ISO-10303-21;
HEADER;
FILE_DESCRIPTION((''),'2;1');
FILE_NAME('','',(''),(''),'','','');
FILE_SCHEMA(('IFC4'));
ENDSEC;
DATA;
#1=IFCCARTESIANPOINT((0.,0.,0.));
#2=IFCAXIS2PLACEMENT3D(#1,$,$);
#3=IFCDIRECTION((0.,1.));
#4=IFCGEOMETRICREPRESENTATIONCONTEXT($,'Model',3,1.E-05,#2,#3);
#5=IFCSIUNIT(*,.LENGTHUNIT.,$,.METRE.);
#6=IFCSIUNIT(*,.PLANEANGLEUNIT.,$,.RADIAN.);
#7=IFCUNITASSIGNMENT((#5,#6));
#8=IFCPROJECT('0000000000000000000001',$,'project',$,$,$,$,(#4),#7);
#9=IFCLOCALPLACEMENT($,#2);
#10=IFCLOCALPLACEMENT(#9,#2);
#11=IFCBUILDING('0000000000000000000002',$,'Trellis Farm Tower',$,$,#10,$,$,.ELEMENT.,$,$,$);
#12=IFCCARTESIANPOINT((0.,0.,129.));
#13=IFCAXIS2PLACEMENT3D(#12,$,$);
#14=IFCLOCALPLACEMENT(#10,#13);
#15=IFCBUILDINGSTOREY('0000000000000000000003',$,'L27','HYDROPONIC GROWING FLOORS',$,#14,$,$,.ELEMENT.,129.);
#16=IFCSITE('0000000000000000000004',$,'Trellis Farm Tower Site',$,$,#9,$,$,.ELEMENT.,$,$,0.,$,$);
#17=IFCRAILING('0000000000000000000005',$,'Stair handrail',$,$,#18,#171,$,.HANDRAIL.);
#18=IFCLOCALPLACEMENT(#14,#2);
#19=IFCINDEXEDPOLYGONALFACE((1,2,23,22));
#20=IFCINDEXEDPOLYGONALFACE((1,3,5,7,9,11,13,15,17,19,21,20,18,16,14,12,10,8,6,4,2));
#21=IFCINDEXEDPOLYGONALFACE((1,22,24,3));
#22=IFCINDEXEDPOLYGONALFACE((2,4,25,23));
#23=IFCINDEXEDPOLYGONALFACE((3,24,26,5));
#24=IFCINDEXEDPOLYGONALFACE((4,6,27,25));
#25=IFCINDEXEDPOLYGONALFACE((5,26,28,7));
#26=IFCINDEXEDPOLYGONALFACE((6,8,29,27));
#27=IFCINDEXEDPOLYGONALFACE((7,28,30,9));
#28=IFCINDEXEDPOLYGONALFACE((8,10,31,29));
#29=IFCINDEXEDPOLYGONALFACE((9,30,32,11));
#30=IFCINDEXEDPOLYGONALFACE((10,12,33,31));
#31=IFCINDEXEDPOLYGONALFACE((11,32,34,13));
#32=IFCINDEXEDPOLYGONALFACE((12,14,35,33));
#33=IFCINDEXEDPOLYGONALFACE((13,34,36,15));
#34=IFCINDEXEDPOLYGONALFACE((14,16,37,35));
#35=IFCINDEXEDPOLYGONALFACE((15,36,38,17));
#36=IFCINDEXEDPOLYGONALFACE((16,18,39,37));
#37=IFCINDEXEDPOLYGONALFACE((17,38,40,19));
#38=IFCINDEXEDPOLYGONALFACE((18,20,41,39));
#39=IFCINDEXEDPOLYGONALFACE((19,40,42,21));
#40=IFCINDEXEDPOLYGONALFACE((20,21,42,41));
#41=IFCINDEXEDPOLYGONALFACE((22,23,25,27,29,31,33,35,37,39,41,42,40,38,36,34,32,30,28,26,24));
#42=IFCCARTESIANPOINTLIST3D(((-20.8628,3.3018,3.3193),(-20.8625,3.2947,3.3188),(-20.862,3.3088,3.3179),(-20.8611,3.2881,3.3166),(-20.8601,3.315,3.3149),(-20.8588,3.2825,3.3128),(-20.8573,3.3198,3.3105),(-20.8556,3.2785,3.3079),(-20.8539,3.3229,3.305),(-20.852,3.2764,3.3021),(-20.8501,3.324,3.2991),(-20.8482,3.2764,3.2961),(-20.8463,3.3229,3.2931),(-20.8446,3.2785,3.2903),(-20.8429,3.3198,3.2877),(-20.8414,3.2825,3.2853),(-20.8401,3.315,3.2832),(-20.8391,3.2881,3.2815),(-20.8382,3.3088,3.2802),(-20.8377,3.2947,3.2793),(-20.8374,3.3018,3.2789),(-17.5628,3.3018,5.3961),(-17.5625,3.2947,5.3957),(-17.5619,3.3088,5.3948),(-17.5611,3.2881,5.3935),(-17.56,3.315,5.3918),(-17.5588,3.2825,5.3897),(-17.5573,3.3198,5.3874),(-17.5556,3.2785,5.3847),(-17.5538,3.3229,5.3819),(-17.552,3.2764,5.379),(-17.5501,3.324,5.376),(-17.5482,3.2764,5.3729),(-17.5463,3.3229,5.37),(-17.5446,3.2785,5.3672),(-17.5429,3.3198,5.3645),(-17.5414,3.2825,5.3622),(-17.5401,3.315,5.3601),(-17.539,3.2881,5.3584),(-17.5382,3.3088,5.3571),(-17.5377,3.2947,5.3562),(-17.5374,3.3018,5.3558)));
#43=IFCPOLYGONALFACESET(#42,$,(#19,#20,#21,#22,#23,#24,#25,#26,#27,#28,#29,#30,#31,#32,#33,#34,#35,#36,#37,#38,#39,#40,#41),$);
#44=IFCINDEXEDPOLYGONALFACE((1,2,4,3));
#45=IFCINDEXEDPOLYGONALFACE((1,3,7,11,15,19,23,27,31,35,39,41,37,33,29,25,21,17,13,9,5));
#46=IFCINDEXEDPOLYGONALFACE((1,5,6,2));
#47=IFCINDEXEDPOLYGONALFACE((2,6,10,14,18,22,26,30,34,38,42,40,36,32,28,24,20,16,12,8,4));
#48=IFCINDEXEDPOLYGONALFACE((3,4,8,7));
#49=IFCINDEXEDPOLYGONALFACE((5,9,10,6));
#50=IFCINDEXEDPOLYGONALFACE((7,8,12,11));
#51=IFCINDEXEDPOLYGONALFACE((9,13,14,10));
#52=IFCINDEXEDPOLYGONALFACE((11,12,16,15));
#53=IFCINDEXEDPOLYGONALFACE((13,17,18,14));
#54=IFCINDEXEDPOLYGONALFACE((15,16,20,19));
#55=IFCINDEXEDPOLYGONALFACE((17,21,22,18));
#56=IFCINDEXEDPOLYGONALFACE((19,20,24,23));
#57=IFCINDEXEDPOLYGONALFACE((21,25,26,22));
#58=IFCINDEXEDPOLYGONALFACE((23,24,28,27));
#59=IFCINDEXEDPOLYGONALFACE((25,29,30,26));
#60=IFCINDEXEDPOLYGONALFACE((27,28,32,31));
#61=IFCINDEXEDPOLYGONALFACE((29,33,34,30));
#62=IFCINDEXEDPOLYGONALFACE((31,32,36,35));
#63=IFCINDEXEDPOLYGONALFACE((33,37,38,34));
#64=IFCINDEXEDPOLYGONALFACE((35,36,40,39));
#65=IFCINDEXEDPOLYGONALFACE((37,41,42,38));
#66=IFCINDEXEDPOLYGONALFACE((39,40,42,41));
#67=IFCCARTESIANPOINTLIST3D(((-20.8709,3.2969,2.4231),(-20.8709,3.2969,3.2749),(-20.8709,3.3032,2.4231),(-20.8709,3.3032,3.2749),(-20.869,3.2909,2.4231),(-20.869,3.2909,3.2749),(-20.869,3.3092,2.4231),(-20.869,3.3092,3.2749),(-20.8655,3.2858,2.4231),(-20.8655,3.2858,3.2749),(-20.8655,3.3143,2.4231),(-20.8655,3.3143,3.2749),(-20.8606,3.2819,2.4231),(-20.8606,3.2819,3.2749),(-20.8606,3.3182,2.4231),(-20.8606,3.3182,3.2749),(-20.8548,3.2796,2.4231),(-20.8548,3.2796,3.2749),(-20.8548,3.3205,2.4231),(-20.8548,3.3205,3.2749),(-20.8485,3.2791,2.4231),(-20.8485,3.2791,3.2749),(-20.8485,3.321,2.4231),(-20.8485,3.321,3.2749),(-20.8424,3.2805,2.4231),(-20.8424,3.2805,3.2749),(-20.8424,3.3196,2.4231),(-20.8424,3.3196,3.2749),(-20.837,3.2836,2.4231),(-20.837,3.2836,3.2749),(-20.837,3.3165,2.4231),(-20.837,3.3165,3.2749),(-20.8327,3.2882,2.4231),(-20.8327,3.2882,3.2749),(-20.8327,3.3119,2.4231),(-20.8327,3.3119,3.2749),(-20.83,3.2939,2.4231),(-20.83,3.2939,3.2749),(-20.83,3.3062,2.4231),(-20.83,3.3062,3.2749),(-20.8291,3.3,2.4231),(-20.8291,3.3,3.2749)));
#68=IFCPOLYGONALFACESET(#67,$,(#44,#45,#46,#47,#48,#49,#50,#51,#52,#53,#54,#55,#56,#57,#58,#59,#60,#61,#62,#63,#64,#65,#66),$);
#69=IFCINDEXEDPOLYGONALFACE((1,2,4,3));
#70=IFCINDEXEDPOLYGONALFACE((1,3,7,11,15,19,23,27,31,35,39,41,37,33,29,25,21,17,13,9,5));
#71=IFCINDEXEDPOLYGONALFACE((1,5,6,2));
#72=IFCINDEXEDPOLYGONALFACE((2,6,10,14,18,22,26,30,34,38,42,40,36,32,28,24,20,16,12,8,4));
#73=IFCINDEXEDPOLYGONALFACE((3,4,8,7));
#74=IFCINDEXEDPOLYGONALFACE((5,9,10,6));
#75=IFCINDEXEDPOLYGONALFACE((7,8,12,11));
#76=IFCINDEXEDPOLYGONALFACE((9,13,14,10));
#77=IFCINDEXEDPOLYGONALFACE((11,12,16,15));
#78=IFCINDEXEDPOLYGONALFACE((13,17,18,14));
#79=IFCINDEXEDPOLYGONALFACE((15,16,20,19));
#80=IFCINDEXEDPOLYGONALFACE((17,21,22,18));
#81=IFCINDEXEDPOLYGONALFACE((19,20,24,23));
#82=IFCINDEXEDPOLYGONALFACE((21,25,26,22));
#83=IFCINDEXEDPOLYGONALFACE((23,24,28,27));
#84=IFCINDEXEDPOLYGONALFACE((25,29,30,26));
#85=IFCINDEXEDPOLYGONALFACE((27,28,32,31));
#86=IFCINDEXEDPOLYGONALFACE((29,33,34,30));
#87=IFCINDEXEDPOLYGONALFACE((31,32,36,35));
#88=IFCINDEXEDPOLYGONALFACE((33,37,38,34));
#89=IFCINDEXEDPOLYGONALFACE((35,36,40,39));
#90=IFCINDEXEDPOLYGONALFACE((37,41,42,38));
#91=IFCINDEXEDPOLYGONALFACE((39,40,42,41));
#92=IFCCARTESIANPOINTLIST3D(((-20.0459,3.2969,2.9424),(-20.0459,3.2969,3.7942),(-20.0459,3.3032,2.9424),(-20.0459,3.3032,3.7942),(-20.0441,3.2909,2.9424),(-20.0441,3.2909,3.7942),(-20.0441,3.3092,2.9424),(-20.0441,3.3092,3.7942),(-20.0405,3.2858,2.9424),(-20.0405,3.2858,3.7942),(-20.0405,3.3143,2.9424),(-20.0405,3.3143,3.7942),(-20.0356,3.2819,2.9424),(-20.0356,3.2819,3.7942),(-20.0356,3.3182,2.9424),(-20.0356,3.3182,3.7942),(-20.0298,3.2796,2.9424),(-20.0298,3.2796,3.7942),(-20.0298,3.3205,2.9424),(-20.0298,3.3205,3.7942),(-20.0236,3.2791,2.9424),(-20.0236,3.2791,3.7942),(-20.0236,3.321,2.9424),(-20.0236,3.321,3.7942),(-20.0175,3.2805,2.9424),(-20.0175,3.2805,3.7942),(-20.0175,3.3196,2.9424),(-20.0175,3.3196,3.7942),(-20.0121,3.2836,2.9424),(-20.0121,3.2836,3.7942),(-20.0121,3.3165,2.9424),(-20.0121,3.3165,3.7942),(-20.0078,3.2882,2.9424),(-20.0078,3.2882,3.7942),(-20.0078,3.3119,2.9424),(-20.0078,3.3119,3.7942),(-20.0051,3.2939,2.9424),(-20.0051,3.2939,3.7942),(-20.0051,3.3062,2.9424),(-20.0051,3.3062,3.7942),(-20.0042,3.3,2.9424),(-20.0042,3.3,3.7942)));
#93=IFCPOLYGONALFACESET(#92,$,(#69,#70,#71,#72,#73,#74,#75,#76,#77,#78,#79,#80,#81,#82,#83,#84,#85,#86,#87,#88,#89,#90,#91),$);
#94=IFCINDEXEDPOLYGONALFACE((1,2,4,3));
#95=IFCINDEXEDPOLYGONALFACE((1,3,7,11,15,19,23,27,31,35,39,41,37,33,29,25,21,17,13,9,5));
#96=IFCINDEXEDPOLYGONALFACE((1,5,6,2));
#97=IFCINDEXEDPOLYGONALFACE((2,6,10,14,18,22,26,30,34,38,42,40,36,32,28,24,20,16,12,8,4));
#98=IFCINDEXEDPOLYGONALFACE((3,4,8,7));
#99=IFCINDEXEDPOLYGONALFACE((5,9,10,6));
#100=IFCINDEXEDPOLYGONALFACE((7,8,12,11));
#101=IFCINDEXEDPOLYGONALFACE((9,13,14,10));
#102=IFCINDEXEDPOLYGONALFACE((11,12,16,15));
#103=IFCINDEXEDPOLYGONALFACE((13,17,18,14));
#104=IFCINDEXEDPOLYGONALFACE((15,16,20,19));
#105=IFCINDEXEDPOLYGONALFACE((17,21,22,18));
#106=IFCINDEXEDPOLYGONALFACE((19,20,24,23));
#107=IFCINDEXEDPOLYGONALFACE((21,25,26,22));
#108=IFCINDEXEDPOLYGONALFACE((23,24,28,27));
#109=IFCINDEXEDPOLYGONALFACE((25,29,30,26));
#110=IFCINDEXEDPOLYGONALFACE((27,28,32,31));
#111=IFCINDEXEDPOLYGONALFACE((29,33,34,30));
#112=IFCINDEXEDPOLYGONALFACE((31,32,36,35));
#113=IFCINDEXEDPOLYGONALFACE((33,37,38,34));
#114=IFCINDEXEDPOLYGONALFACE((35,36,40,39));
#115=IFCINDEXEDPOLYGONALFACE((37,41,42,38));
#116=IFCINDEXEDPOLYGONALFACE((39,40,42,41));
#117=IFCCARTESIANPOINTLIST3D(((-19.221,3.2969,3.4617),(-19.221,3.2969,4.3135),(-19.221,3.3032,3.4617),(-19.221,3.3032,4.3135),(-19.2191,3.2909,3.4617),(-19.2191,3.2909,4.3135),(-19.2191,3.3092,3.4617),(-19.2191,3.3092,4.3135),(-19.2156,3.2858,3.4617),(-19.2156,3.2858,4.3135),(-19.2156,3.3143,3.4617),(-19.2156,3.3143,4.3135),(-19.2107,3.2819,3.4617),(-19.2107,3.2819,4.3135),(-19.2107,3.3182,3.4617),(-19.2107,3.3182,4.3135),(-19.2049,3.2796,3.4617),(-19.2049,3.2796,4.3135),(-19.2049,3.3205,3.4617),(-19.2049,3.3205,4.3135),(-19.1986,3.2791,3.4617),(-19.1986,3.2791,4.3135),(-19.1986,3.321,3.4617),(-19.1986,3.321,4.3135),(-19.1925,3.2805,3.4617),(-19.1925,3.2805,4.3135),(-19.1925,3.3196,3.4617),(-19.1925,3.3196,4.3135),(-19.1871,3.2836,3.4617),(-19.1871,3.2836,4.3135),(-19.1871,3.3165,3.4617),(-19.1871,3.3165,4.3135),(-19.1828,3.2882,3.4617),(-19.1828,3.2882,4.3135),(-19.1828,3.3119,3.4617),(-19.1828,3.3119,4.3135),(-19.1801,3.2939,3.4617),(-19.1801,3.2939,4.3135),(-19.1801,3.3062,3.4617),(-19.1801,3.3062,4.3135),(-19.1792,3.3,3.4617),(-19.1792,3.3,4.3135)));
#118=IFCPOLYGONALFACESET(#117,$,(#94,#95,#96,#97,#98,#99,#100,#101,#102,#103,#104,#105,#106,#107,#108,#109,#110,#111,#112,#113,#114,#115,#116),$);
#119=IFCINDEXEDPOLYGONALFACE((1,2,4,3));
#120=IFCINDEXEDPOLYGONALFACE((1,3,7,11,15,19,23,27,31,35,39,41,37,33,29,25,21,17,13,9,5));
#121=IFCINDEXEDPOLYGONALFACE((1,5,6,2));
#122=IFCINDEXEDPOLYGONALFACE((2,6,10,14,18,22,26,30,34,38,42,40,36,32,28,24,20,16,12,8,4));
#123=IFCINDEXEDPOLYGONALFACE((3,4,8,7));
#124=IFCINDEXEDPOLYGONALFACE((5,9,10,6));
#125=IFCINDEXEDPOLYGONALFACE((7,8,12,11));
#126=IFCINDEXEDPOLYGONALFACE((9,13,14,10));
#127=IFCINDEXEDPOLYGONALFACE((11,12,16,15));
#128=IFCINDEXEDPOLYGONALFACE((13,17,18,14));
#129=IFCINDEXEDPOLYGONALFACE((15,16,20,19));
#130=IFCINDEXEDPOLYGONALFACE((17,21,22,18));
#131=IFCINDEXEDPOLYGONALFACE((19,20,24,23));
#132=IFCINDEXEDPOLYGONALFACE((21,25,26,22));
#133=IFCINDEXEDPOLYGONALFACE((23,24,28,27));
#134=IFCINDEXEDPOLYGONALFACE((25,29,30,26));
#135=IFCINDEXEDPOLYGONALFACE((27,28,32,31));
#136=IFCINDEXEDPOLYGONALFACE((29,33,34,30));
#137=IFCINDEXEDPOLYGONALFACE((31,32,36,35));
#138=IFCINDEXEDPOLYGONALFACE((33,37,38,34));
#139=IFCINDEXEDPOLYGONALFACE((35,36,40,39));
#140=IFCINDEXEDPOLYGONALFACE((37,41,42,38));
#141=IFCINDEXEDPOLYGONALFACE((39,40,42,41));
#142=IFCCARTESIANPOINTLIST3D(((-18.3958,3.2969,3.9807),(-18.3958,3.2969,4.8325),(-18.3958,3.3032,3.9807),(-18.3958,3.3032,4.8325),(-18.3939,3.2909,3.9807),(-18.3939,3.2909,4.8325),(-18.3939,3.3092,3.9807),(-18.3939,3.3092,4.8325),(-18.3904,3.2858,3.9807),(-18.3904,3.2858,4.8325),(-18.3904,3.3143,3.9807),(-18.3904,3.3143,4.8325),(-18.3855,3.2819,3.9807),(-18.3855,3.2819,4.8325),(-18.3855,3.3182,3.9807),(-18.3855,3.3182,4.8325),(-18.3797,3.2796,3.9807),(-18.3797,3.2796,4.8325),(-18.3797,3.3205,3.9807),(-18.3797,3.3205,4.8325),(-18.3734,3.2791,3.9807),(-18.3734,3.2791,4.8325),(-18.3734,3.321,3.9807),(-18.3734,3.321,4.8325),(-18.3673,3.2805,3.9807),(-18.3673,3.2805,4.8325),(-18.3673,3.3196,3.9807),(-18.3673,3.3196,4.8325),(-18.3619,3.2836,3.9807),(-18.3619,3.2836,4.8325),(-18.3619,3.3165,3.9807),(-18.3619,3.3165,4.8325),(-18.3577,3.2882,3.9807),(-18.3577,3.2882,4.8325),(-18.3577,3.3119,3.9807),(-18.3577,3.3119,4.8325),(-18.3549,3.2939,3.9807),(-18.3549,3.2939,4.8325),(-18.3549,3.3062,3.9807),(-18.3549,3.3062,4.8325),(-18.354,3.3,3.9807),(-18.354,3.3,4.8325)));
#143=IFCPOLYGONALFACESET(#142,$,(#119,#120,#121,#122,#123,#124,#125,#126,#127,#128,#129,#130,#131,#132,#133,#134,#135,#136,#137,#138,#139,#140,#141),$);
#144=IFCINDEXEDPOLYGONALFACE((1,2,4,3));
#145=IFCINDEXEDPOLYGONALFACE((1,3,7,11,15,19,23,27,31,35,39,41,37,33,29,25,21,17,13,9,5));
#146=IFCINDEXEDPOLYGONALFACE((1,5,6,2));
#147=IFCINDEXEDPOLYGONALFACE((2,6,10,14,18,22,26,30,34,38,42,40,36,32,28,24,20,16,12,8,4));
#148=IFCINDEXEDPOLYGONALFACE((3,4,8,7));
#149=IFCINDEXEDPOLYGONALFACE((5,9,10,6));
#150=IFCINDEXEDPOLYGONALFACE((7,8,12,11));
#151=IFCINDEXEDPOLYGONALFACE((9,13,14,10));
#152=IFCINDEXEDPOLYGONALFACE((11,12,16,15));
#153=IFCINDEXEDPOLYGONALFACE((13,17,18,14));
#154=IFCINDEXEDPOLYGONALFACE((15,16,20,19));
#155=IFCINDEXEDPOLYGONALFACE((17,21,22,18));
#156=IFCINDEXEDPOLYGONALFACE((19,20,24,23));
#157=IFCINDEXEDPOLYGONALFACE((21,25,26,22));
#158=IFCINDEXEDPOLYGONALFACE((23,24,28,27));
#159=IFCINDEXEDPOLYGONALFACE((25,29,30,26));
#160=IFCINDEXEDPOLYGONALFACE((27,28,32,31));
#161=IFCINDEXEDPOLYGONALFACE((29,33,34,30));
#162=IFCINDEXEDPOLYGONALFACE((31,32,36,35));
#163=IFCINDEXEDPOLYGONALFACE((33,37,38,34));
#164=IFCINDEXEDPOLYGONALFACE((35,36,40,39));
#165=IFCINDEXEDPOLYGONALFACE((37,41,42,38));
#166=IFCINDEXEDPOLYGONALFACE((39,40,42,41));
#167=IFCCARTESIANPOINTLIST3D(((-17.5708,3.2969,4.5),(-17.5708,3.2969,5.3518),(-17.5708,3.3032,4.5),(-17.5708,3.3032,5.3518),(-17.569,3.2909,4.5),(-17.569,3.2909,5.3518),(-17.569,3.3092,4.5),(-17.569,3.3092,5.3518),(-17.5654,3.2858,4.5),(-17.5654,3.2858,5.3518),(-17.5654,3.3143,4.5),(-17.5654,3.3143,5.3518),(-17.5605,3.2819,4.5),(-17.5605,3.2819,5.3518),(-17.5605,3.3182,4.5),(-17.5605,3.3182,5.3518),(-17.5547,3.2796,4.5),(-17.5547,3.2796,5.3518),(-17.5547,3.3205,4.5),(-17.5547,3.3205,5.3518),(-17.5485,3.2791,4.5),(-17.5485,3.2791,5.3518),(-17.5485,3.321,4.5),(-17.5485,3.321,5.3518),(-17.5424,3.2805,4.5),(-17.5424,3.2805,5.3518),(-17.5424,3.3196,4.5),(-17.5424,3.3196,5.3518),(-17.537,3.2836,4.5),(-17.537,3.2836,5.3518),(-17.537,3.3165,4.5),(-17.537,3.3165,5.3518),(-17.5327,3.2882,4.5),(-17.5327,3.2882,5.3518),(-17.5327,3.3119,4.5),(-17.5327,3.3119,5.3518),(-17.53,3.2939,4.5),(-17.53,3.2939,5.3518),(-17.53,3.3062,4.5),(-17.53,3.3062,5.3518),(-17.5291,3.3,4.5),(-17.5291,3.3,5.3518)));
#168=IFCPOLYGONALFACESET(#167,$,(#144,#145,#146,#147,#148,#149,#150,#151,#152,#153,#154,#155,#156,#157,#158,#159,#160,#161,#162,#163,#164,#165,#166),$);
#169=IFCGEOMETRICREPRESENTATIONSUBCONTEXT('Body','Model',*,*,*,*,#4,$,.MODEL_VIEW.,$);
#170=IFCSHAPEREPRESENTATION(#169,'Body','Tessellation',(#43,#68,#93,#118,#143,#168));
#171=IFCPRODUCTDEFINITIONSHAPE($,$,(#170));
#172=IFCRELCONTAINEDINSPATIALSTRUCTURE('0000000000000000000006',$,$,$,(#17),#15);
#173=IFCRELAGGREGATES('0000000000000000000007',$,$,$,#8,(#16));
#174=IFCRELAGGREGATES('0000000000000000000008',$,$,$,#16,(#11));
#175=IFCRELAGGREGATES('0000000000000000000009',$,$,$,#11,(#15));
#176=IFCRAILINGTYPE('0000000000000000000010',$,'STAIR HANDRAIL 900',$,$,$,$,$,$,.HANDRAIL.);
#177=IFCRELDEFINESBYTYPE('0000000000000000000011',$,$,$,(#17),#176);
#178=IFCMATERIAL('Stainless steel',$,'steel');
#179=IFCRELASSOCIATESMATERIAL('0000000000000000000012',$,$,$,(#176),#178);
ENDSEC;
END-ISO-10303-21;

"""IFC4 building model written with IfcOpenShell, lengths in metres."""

from ifc_helpers import new_model, si_unit, direction, frame, origin, origin_2d, place, context, subcontext, project, spatial, circle, extrude, source, transform, mapped, material, type_object, element, save


model = new_model("IFC4")

# Units and contexts
model_context = context("Model", 3, precision=1e-05, world=origin(), true_north=direction((0.0, 1.0)))
body_context = subcontext(model_context, "Body", "Model", "MODEL_VIEW")
ifc_project = project(units=[si_unit("LENGTHUNIT", "METRE"), si_unit("PLANEANGLEUNIT", "RADIAN")], contexts=[model_context])

# Site, building, storey
site_placement = place(None, origin())
site = spatial("IfcSite", under=ifc_project, at=site_placement, Name="Trellis Farm Tower Site", CompositionType="ELEMENT", RefElevation=0.0)
building_placement = place(site_placement, origin())
building = spatial("IfcBuilding", under=site, at=building_placement, Name="Trellis Farm Tower", CompositionType="ELEMENT")
storey_placement = place(building_placement, frame((0.0, 0.0, 129.0)))
storey = spatial("IfcBuildingStorey", under=building, at=storey_placement, Name="L27", Description="HYDROPONIC GROWING FLOORS", CompositionType="ELEMENT", Elevation=129.0)

# Railing
ifc_material_1 = material(Name="Stainless steel", Category="steel")
railing_type = type_object("IfcRailingType", Name="STAIR HANDRAIL 900", PredefinedType="HANDRAIL", material=ifc_material_1)
shared_shape_1 = source(origin(), body_context, "Body", "SweptSolid", [
    extrude(circle(Radius=0.0239, at=origin_2d()), frame((0.0, 0.0, 0.876), z_axis=(0.846337, 0.0, 0.532647), x_axis=(0.0, 1.0, 0.0)), (0.0, 0.0, 1.0), 3.8992),
    extrude(circle(Radius=0.021, at=origin_2d()), origin(), (0.0, 0.0, 1.0), 0.8518),
    extrude(circle(Radius=0.021, at=origin_2d()), frame((0.825, 0.0, 0.5193)), (0.0, 0.0, 1.0), 0.8518),
    extrude(circle(Radius=0.021, at=origin_2d()), frame((1.6499, 0.0, 1.0386)), (0.0, 0.0, 1.0), 0.8518),
    extrude(circle(Radius=0.021, at=origin_2d()), frame((2.4751, 0.0, 1.5576)), (0.0, 0.0, 1.0), 0.8518),
    extrude(circle(Radius=0.021, at=origin_2d()), frame((3.3, 0.0, 2.0769)), (0.0, 0.0, 1.0), 0.8518),
])
for number, where, name in (
    (1, (-20.8501, 3.3, 2.4231), "Stair handrail"),
):
    element("IfcRailing", number, at=place(storey_placement, frame(where)), inside=storey, type_object=railing_type, Name=name, PredefinedType="HANDRAIL", context=body_context, shape_type="MappedRepresentation", body=[
        mapped(shared_shape_1, transform((0.0, 0.0, 0.0))),
    ])

save(model, "model.ifc")
